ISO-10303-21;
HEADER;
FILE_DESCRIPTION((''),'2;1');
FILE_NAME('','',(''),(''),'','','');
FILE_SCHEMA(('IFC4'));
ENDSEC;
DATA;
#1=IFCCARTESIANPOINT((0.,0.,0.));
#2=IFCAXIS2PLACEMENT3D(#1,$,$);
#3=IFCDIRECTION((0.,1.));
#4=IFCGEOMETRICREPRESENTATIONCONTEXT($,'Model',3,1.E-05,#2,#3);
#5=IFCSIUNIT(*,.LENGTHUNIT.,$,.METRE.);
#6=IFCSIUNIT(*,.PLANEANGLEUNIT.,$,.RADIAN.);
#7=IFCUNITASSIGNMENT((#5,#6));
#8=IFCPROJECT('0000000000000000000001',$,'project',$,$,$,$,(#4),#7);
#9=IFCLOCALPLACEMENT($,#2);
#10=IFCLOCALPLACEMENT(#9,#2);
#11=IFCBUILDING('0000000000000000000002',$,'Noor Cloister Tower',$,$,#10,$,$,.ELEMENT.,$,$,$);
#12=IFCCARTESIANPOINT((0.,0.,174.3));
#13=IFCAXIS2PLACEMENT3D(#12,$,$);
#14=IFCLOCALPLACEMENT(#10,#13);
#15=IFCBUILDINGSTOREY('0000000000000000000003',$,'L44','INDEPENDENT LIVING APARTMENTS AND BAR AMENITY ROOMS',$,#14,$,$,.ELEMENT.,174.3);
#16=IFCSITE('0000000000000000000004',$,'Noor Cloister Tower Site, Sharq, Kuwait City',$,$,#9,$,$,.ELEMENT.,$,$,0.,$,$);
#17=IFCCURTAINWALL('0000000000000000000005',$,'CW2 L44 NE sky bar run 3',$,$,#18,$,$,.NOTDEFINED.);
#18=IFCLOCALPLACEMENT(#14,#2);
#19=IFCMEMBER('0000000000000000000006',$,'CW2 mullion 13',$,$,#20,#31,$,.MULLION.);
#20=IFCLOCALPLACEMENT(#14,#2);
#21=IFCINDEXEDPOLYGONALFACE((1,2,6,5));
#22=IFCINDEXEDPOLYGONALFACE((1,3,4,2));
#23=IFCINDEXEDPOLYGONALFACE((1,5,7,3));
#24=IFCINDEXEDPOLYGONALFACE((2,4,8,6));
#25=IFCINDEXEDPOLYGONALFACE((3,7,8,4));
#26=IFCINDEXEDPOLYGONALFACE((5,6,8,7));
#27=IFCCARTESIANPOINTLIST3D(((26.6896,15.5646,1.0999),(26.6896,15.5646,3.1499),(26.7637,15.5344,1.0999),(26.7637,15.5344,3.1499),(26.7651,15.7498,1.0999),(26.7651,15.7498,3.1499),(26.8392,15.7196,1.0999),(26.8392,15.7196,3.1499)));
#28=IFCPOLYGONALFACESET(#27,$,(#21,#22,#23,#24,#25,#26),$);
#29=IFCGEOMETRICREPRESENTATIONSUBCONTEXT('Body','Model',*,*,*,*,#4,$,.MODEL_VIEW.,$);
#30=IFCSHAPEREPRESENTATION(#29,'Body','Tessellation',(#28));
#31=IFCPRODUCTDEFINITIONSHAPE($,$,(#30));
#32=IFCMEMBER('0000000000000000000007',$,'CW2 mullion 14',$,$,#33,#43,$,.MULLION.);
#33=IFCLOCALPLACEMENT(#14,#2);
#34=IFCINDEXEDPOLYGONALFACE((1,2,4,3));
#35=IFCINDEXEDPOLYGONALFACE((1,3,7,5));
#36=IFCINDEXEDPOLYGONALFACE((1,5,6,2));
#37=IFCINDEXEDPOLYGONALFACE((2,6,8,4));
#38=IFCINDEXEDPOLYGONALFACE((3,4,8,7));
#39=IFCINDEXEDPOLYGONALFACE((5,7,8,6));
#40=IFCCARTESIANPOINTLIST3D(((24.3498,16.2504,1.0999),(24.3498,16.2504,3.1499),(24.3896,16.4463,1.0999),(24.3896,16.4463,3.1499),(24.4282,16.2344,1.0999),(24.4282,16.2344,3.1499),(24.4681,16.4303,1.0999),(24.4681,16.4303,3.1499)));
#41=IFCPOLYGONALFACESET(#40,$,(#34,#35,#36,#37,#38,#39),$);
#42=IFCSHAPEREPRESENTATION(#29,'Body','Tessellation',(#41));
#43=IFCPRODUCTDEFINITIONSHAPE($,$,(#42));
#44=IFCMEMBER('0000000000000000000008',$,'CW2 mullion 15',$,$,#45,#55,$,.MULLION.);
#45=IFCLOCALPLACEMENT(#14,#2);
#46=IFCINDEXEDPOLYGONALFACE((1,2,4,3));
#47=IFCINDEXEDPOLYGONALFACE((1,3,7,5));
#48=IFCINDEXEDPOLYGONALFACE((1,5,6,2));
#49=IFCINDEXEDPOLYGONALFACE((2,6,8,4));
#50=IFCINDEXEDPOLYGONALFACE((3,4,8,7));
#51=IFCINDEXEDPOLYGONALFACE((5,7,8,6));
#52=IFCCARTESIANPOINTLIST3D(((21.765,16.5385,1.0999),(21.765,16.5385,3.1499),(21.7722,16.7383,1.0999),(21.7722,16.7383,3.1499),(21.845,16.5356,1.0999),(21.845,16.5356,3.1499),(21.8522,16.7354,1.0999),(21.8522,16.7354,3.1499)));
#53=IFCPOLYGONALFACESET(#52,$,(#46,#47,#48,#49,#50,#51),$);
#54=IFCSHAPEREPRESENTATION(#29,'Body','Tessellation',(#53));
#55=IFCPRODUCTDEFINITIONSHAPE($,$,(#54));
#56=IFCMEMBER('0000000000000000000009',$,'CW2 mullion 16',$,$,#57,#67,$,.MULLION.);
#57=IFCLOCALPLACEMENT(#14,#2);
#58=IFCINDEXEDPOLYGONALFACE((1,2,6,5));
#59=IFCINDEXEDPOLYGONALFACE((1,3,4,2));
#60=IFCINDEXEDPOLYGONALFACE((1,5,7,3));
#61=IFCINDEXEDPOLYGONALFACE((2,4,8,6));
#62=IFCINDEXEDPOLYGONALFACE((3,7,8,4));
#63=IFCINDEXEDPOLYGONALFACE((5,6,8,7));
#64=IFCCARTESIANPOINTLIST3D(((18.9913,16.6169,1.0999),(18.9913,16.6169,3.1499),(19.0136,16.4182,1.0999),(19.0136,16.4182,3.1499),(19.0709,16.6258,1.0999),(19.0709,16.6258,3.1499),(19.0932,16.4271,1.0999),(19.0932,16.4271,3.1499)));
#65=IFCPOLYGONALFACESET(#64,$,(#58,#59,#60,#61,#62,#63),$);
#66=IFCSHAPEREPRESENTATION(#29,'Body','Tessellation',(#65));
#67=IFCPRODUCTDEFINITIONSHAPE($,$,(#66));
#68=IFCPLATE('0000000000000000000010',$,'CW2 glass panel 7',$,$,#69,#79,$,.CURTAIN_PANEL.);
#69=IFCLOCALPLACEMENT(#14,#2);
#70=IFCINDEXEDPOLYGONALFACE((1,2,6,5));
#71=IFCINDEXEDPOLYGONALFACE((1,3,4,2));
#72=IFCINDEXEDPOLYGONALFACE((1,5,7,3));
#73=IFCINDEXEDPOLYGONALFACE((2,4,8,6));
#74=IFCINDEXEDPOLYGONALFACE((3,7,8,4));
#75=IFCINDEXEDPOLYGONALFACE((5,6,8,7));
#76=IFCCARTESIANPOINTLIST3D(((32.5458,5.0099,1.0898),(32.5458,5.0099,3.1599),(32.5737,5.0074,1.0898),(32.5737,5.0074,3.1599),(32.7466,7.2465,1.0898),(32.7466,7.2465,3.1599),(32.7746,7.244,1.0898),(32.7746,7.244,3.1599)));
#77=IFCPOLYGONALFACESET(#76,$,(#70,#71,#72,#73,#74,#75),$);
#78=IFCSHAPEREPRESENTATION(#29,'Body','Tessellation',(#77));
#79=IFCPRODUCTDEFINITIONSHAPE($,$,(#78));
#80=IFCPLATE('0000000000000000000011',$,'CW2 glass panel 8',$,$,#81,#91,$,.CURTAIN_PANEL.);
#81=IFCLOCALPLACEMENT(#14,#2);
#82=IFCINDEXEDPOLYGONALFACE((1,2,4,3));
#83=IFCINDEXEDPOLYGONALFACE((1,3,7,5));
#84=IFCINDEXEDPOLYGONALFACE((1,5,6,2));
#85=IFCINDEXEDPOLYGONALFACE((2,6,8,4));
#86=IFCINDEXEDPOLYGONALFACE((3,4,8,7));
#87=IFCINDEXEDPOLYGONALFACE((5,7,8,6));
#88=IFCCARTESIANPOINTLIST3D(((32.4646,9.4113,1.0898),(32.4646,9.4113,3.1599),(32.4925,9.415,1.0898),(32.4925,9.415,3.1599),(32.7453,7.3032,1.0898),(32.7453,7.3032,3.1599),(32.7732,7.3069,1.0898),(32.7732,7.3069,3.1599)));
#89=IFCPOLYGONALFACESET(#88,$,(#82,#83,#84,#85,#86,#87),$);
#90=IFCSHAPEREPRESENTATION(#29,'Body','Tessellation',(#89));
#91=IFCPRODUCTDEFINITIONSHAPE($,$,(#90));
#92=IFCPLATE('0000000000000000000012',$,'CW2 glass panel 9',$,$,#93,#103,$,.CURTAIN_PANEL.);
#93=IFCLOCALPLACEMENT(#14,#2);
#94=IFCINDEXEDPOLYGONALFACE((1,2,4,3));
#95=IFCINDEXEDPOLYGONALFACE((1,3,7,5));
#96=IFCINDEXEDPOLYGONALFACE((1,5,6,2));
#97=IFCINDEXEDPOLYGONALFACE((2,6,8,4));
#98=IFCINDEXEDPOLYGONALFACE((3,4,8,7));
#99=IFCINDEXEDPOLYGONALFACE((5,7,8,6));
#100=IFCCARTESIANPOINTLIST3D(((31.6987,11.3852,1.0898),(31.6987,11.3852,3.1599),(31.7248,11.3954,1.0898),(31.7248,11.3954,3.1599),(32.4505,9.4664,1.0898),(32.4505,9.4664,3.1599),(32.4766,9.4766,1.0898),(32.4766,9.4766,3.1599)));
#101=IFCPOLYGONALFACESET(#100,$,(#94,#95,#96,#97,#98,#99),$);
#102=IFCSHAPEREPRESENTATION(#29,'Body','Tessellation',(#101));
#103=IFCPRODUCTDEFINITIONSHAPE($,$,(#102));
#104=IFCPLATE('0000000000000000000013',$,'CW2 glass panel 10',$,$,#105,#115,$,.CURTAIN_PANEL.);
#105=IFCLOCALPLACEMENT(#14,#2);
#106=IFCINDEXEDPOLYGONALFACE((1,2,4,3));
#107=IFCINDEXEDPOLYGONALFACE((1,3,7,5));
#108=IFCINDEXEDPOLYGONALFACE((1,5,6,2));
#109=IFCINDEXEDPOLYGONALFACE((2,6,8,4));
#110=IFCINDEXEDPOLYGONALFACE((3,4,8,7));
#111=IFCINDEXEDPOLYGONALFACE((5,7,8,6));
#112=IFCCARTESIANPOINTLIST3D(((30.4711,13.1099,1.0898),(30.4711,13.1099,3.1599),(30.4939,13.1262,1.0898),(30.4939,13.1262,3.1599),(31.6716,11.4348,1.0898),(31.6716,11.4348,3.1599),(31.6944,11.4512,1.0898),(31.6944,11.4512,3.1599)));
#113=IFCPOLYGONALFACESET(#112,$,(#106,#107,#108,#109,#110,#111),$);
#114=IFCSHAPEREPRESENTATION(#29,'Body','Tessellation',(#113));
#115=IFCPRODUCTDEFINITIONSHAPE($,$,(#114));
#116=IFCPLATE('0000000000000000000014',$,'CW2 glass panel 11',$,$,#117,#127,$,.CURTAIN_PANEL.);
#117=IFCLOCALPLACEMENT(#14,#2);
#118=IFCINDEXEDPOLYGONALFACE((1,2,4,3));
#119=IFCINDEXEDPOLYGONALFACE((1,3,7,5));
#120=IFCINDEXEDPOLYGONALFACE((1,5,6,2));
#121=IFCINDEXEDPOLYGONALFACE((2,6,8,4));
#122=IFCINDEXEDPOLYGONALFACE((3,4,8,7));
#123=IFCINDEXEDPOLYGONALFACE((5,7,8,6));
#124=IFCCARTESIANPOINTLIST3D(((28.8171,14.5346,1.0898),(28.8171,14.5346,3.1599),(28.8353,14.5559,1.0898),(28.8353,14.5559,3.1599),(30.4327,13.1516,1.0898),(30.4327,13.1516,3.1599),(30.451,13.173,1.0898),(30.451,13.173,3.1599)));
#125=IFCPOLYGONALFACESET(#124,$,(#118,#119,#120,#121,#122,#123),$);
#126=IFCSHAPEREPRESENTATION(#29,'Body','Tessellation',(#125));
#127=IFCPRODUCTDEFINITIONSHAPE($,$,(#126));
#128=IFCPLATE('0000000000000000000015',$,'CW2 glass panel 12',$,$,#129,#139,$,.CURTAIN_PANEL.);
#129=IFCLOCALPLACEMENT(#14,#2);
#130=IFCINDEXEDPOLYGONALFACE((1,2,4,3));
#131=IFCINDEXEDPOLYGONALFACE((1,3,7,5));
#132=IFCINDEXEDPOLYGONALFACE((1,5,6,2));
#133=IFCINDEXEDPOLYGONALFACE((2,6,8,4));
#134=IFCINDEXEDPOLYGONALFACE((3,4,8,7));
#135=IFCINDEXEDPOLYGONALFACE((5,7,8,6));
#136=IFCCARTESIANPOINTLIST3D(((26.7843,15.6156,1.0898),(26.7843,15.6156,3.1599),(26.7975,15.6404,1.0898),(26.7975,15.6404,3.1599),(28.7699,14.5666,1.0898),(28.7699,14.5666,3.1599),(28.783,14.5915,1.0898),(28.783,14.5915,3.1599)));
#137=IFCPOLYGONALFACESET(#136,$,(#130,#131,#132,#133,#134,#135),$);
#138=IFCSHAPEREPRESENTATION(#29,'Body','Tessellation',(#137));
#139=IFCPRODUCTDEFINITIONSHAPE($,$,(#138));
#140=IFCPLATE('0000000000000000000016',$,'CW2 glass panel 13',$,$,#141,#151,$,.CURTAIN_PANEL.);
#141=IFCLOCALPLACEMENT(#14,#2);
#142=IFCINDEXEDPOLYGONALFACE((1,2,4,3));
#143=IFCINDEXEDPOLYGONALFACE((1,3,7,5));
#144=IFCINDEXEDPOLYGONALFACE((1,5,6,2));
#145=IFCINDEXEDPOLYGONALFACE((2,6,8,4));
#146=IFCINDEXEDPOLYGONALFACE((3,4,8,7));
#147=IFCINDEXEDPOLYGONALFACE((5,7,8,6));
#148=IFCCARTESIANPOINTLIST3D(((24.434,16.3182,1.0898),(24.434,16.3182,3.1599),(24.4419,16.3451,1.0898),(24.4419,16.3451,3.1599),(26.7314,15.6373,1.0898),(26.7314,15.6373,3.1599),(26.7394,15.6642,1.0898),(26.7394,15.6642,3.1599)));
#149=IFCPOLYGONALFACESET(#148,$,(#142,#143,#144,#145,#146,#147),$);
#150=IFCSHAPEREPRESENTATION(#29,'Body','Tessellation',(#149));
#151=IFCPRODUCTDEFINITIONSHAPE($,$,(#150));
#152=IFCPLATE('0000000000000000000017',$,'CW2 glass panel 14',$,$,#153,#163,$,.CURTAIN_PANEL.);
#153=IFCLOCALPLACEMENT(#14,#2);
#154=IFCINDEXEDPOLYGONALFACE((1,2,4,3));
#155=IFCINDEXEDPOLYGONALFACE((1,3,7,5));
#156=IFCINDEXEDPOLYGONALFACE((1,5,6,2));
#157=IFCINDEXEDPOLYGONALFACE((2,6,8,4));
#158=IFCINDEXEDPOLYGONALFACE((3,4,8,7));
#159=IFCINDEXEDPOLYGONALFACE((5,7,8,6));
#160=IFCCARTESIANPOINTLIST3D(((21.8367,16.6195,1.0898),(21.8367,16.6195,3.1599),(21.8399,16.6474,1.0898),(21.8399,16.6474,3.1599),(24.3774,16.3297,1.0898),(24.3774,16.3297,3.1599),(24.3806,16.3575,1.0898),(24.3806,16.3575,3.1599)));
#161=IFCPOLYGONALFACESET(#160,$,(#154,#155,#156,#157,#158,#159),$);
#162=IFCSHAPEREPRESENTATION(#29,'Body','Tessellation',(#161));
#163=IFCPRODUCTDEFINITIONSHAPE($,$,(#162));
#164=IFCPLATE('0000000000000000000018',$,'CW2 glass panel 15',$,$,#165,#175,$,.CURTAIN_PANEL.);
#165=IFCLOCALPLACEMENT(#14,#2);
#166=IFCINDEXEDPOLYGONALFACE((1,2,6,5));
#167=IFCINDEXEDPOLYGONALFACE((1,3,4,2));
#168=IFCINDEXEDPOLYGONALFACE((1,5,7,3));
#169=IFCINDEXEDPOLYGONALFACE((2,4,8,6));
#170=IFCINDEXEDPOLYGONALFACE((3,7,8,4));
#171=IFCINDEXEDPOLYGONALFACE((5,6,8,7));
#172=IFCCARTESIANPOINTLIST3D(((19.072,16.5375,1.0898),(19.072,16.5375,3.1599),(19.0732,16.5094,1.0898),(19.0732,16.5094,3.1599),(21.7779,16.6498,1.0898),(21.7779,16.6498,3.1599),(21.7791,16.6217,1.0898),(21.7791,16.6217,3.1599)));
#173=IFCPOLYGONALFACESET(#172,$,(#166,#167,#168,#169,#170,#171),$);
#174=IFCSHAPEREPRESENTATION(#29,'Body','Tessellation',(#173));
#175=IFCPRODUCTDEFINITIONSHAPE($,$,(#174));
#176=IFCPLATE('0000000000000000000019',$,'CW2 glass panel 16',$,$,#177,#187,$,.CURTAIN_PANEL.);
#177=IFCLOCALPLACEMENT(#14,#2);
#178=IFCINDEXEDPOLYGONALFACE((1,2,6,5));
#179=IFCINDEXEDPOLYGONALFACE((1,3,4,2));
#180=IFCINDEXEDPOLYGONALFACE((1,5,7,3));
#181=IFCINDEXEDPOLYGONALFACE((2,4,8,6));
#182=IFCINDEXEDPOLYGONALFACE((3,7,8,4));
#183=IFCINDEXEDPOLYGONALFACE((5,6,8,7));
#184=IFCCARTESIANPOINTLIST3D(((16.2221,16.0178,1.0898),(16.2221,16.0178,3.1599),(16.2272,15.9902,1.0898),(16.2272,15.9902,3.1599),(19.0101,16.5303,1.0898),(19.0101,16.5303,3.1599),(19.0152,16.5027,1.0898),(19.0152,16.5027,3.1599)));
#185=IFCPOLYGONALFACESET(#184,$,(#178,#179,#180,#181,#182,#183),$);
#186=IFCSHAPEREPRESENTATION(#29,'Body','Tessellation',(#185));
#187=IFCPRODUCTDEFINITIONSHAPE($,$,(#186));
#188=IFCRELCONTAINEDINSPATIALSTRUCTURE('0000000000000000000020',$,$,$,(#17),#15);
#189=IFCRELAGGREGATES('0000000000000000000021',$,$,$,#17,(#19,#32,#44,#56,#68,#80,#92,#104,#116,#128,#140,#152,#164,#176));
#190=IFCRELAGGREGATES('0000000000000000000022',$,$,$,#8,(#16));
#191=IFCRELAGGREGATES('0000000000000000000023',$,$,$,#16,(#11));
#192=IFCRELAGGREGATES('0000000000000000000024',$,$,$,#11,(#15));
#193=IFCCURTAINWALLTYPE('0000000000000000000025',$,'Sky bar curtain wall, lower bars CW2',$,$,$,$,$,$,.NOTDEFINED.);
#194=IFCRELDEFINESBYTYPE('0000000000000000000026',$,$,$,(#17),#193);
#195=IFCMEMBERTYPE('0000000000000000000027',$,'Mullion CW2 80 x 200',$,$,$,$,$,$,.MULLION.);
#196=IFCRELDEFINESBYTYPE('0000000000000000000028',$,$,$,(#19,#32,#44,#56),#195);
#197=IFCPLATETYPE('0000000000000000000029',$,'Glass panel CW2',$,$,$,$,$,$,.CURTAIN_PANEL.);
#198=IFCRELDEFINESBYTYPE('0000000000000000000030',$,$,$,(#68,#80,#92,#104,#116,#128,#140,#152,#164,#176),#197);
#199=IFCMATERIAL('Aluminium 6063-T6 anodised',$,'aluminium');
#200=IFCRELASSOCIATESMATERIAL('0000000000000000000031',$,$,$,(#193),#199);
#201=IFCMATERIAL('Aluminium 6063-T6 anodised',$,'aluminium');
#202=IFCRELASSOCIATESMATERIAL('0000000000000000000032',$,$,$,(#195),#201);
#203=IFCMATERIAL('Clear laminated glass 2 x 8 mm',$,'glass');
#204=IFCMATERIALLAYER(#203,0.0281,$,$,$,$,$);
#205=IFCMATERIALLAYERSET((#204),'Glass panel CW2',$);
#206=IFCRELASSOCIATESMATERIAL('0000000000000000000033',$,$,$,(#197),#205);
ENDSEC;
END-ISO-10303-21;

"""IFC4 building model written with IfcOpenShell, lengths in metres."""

from ifc_helpers import new_model, si_unit, direction, frame, origin, origin_2d, place, context, subcontext, project, spatial, rectangle, extrude, material, layer, layer_set, material_profile, profile_set, type_object, element, aggregate, save


model = new_model("IFC4")

# Units and contexts
model_context = context("Model", 3, precision=1e-05, world=origin(), true_north=direction((0.0, 1.0)))
body_context = subcontext(model_context, "Body", "Model", "MODEL_VIEW")
ifc_project = project(units=[si_unit("LENGTHUNIT", "METRE"), si_unit("PLANEANGLEUNIT", "RADIAN")], contexts=[model_context])

# Site, building, storey
site_placement = place(None, origin())
site = spatial("IfcSite", under=ifc_project, at=site_placement, Name="Noor Cloister Tower Site, Sharq, Kuwait City", CompositionType="ELEMENT", RefElevation=0.0)
building_placement = place(site_placement, origin())
building = spatial("IfcBuilding", under=site, at=building_placement, Name="Noor Cloister Tower", CompositionType="ELEMENT")
storey_placement = place(building_placement, frame((0.0, 0.0, 174.3)))
storey = spatial("IfcBuildingStorey", under=building, at=storey_placement, Name="L44", Description="INDEPENDENT LIVING APARTMENTS AND BAR AMENITY ROOMS", CompositionType="ELEMENT", Elevation=174.3)

# Curtain wall, members, plates
ifc_material_1 = material(Name="Aluminium 6063-T6 anodised", Category="aluminium")
curtain_wall_type = type_object("IfcCurtainWallType", Name="Sky bar curtain wall, lower bars CW2", PredefinedType="NOTDEFINED", material=ifc_material_1)
curtain_wall_placement = place(storey_placement, origin())
curtain_wall = element("IfcCurtainWall", 1, at=curtain_wall_placement, inside=storey, type_object=curtain_wall_type, Name="CW2 L44 NE sky bar run 3", PredefinedType="NOTDEFINED")
ifc_material_2 = material(Name="Aluminium 6063-T6 anodised", Category="aluminium")
ifc_material_profile_1 = material_profile(ifc_material_2, rectangle(XDim=0.2, YDim=0.0801, at=origin_2d()), Name="200 x 80 mullion")
ifc_profile_set_1 = profile_set([ifc_material_profile_1], Name="Aluminium 6063-T6 anodised")
member_type = type_object("IfcMemberType", Name="Mullion CW2 80 x 200", PredefinedType="MULLION", material=ifc_profile_set_1)
member_1_placement = place(storey_placement, frame((26.7644, 15.6421, 1.0999), z_axis=(0.0, 0.0, 1.0), x_axis=(-0.377484, -0.926016, 0.0)))
member_1 = element("IfcMember", 2, at=member_1_placement, type_object=member_type, Name="CW2 mullion 13", PredefinedType="MULLION", context=body_context, shape_type="SweptSolid", body=[
    extrude(rectangle(XDim=0.2, YDim=0.0801, at=origin_2d()), origin(), (0.0, 0.0, 1.0), 2.05),
])
member_2_placement = place(storey_placement, frame((24.4089, 16.3403, 1.0999), z_axis=(0.0, 0.0, 1.0), x_axis=(-0.199522, -0.979893, 0.0)))
member_2 = element("IfcMember", 3, at=member_2_placement, type_object=member_type, Name="CW2 mullion 14", PredefinedType="MULLION", context=body_context, shape_type="SweptSolid", body=[
    extrude(rectangle(XDim=0.2, YDim=0.0801, at=origin_2d()), origin(), (0.0, 0.0, 1.0), 2.05),
])
member_3_placement = place(storey_placement, frame((21.8086, 16.637, 1.0999), z_axis=(0.0, 0.0, 1.0), x_axis=(-0.03605, -0.99935, 0.0)))
member_3 = element("IfcMember", 4, at=member_3_placement, type_object=member_type, Name="CW2 mullion 15", PredefinedType="MULLION", context=body_context, shape_type="SweptSolid", body=[
    extrude(rectangle(XDim=0.2, YDim=0.0801, at=origin_2d()), origin(), (0.0, 0.0, 1.0), 2.05),
])
member_4_placement = place(storey_placement, frame((19.0422, 16.522, 1.0999), z_axis=(0.0, 0.0, 1.0), x_axis=(0.111408, -0.993775, 0.0)))
member_4 = element("IfcMember", 5, at=member_4_placement, type_object=member_type, Name="CW2 mullion 16", PredefinedType="MULLION", context=body_context, shape_type="SweptSolid", body=[
    extrude(rectangle(XDim=0.2, YDim=0.0801, at=origin_2d()), origin(), (0.0, 0.0, 1.0), 2.05),
])
ifc_material_3 = material(Name="Clear laminated glass 2 x 8 mm", Category="glass")
ifc_layer_1 = layer(ifc_material_3, 0.0281)
ifc_layer_set_1 = layer_set([ifc_layer_1], Name="Glass panel CW2")
plate_type = type_object("IfcPlateType", Name="Glass panel CW2", PredefinedType="CURTAIN_PANEL", material=ifc_layer_set_1)
plate_1_placement = place(storey_placement, frame((32.6602, 6.127, 1.0898), z_axis=(0.0, 0.0, 1.0), x_axis=(0.089433, 0.995993, 0.0)))
plate_1 = element("IfcPlate", 6, at=plate_1_placement, type_object=plate_type, Name="CW2 glass panel 7", PredefinedType="CURTAIN_PANEL", context=body_context, shape_type="SweptSolid", body=[
    extrude(rectangle(XDim=2.2456, YDim=0.0281, at=origin_2d()), origin(), (0.0, 0.0, 1.0), 2.0701),
])
plate_2_placement = place(storey_placement, frame((32.6189, 8.3591, 1.0898), z_axis=(0.0, 0.0, 1.0), x_axis=(-0.131999, 0.99125, 0.0)))
plate_2 = element("IfcPlate", 7, at=plate_2_placement, type_object=plate_type, Name="CW2 glass panel 8", PredefinedType="CURTAIN_PANEL", context=body_context, shape_type="SweptSolid", body=[
    extrude(rectangle(XDim=2.1267, YDim=0.0281, at=origin_2d()), origin(), (0.0, 0.0, 1.0), 2.0701),
])
plate_3_placement = place(storey_placement, frame((32.0876, 10.4309, 1.0898), z_axis=(0.0, 0.0, 1.0), x_axis=(-0.364789, 0.93109, 0.0)))
plate_3 = element("IfcPlate", 8, at=plate_3_placement, type_object=plate_type, Name="CW2 glass panel 9", PredefinedType="CURTAIN_PANEL", context=body_context, shape_type="SweptSolid", body=[
    extrude(rectangle(XDim=2.0608, YDim=0.0281, at=origin_2d()), origin(), (0.0, 0.0, 1.0), 2.0701),
])
plate_4_placement = place(storey_placement, frame((31.0828, 12.2805, 1.0898), z_axis=(0.0, 0.0, 1.0), x_axis=(-0.582524, 0.812814, 0.0)))
plate_4 = element("IfcPlate", 9, at=plate_4_placement, type_object=plate_type, Name="CW2 glass panel 10", PredefinedType="CURTAIN_PANEL", context=body_context, shape_type="SweptSolid", body=[
    extrude(rectangle(XDim=2.0608, YDim=0.0281, at=origin_2d()), origin(), (0.0, 0.0, 1.0), 2.0701),
])
plate_5_placement = place(storey_placement, frame((29.634, 13.8538, 1.0898), z_axis=(0.0, 0.0, 1.0), x_axis=(-0.7597, 0.650274, 0.0)))
plate_5 = element("IfcPlate", 10, at=plate_5_placement, type_object=plate_type, Name="CW2 glass panel 11", PredefinedType="CURTAIN_PANEL", context=body_context, shape_type="SweptSolid", body=[
    extrude(rectangle(XDim=2.1267, YDim=0.0281, at=origin_2d()), origin(), (0.0, 0.0, 1.0), 2.0701),
])
plate_6_placement = place(storey_placement, frame((27.7837, 15.1035, 1.0898), z_axis=(0.0, 0.0, 1.0), x_axis=(-0.884205, 0.467099, 0.0)))
plate_6 = element("IfcPlate", 11, at=plate_6_placement, type_object=plate_type, Name="CW2 glass panel 12", PredefinedType="CURTAIN_PANEL", context=body_context, shape_type="SweptSolid", body=[
    extrude(rectangle(XDim=2.2456, YDim=0.0281, at=origin_2d()), origin(), (0.0, 0.0, 1.0), 2.0701),
])
plate_7_placement = place(storey_placement, frame((25.5867, 15.9912, 1.0898), z_axis=(0.0, 0.0, 1.0), x_axis=(-0.958772, 0.284177, 0.0)))
plate_7 = element("IfcPlate", 12, at=plate_7_placement, type_object=plate_type, Name="CW2 glass panel 13", PredefinedType="CURTAIN_PANEL", context=body_context, shape_type="SweptSolid", body=[
    extrude(rectangle(XDim=2.3962, YDim=0.0281, at=origin_2d()), origin(), (0.0, 0.0, 1.0), 2.0701),
])
plate_8_placement = place(storey_placement, frame((23.1086, 16.4885, 1.0898), z_axis=(0.0, 0.0, 1.0), x_axis=(-0.993555, 0.113349, 0.0)))
plate_8 = element("IfcPlate", 13, at=plate_8_placement, type_object=plate_type, Name="CW2 glass panel 14", PredefinedType="CURTAIN_PANEL", context=body_context, shape_type="SweptSolid", body=[
    extrude(rectangle(XDim=2.5571, YDim=0.0281, at=origin_2d()), origin(), (0.0, 0.0, 1.0), 2.0701),
])
plate_9_placement = place(storey_placement, frame((20.4255, 16.5796, 1.0898), z_axis=(0.0, 0.0, 1.0), x_axis=(-0.99914, -0.041466, 0.0)))
plate_9 = element("IfcPlate", 14, at=plate_9_placement, type_object=plate_type, Name="CW2 glass panel 15", PredefinedType="CURTAIN_PANEL", context=body_context, shape_type="SweptSolid", body=[
    extrude(rectangle(XDim=2.7083, YDim=0.0281, at=origin_2d()), origin(), (0.0, 0.0, 1.0), 2.0701),
])
plate_10_placement = place(storey_placement, frame((17.6187, 16.2603, 1.0898), z_axis=(0.0, 0.0, 1.0), x_axis=(-0.983519, -0.180802, 0.0)))
plate_10 = element("IfcPlate", 15, at=plate_10_placement, type_object=plate_type, Name="CW2 glass panel 16", PredefinedType="CURTAIN_PANEL", context=body_context, shape_type="SweptSolid", body=[
    extrude(rectangle(XDim=2.8347, YDim=0.0281, at=origin_2d()), origin(), (0.0, 0.0, 1.0), 2.0701),
])
aggregate(curtain_wall, [member_1, member_2, member_3, member_4, plate_1, plate_2, plate_3, plate_4, plate_5, plate_6, plate_7, plate_8, plate_9, plate_10])

save(model, "model.ifc")
